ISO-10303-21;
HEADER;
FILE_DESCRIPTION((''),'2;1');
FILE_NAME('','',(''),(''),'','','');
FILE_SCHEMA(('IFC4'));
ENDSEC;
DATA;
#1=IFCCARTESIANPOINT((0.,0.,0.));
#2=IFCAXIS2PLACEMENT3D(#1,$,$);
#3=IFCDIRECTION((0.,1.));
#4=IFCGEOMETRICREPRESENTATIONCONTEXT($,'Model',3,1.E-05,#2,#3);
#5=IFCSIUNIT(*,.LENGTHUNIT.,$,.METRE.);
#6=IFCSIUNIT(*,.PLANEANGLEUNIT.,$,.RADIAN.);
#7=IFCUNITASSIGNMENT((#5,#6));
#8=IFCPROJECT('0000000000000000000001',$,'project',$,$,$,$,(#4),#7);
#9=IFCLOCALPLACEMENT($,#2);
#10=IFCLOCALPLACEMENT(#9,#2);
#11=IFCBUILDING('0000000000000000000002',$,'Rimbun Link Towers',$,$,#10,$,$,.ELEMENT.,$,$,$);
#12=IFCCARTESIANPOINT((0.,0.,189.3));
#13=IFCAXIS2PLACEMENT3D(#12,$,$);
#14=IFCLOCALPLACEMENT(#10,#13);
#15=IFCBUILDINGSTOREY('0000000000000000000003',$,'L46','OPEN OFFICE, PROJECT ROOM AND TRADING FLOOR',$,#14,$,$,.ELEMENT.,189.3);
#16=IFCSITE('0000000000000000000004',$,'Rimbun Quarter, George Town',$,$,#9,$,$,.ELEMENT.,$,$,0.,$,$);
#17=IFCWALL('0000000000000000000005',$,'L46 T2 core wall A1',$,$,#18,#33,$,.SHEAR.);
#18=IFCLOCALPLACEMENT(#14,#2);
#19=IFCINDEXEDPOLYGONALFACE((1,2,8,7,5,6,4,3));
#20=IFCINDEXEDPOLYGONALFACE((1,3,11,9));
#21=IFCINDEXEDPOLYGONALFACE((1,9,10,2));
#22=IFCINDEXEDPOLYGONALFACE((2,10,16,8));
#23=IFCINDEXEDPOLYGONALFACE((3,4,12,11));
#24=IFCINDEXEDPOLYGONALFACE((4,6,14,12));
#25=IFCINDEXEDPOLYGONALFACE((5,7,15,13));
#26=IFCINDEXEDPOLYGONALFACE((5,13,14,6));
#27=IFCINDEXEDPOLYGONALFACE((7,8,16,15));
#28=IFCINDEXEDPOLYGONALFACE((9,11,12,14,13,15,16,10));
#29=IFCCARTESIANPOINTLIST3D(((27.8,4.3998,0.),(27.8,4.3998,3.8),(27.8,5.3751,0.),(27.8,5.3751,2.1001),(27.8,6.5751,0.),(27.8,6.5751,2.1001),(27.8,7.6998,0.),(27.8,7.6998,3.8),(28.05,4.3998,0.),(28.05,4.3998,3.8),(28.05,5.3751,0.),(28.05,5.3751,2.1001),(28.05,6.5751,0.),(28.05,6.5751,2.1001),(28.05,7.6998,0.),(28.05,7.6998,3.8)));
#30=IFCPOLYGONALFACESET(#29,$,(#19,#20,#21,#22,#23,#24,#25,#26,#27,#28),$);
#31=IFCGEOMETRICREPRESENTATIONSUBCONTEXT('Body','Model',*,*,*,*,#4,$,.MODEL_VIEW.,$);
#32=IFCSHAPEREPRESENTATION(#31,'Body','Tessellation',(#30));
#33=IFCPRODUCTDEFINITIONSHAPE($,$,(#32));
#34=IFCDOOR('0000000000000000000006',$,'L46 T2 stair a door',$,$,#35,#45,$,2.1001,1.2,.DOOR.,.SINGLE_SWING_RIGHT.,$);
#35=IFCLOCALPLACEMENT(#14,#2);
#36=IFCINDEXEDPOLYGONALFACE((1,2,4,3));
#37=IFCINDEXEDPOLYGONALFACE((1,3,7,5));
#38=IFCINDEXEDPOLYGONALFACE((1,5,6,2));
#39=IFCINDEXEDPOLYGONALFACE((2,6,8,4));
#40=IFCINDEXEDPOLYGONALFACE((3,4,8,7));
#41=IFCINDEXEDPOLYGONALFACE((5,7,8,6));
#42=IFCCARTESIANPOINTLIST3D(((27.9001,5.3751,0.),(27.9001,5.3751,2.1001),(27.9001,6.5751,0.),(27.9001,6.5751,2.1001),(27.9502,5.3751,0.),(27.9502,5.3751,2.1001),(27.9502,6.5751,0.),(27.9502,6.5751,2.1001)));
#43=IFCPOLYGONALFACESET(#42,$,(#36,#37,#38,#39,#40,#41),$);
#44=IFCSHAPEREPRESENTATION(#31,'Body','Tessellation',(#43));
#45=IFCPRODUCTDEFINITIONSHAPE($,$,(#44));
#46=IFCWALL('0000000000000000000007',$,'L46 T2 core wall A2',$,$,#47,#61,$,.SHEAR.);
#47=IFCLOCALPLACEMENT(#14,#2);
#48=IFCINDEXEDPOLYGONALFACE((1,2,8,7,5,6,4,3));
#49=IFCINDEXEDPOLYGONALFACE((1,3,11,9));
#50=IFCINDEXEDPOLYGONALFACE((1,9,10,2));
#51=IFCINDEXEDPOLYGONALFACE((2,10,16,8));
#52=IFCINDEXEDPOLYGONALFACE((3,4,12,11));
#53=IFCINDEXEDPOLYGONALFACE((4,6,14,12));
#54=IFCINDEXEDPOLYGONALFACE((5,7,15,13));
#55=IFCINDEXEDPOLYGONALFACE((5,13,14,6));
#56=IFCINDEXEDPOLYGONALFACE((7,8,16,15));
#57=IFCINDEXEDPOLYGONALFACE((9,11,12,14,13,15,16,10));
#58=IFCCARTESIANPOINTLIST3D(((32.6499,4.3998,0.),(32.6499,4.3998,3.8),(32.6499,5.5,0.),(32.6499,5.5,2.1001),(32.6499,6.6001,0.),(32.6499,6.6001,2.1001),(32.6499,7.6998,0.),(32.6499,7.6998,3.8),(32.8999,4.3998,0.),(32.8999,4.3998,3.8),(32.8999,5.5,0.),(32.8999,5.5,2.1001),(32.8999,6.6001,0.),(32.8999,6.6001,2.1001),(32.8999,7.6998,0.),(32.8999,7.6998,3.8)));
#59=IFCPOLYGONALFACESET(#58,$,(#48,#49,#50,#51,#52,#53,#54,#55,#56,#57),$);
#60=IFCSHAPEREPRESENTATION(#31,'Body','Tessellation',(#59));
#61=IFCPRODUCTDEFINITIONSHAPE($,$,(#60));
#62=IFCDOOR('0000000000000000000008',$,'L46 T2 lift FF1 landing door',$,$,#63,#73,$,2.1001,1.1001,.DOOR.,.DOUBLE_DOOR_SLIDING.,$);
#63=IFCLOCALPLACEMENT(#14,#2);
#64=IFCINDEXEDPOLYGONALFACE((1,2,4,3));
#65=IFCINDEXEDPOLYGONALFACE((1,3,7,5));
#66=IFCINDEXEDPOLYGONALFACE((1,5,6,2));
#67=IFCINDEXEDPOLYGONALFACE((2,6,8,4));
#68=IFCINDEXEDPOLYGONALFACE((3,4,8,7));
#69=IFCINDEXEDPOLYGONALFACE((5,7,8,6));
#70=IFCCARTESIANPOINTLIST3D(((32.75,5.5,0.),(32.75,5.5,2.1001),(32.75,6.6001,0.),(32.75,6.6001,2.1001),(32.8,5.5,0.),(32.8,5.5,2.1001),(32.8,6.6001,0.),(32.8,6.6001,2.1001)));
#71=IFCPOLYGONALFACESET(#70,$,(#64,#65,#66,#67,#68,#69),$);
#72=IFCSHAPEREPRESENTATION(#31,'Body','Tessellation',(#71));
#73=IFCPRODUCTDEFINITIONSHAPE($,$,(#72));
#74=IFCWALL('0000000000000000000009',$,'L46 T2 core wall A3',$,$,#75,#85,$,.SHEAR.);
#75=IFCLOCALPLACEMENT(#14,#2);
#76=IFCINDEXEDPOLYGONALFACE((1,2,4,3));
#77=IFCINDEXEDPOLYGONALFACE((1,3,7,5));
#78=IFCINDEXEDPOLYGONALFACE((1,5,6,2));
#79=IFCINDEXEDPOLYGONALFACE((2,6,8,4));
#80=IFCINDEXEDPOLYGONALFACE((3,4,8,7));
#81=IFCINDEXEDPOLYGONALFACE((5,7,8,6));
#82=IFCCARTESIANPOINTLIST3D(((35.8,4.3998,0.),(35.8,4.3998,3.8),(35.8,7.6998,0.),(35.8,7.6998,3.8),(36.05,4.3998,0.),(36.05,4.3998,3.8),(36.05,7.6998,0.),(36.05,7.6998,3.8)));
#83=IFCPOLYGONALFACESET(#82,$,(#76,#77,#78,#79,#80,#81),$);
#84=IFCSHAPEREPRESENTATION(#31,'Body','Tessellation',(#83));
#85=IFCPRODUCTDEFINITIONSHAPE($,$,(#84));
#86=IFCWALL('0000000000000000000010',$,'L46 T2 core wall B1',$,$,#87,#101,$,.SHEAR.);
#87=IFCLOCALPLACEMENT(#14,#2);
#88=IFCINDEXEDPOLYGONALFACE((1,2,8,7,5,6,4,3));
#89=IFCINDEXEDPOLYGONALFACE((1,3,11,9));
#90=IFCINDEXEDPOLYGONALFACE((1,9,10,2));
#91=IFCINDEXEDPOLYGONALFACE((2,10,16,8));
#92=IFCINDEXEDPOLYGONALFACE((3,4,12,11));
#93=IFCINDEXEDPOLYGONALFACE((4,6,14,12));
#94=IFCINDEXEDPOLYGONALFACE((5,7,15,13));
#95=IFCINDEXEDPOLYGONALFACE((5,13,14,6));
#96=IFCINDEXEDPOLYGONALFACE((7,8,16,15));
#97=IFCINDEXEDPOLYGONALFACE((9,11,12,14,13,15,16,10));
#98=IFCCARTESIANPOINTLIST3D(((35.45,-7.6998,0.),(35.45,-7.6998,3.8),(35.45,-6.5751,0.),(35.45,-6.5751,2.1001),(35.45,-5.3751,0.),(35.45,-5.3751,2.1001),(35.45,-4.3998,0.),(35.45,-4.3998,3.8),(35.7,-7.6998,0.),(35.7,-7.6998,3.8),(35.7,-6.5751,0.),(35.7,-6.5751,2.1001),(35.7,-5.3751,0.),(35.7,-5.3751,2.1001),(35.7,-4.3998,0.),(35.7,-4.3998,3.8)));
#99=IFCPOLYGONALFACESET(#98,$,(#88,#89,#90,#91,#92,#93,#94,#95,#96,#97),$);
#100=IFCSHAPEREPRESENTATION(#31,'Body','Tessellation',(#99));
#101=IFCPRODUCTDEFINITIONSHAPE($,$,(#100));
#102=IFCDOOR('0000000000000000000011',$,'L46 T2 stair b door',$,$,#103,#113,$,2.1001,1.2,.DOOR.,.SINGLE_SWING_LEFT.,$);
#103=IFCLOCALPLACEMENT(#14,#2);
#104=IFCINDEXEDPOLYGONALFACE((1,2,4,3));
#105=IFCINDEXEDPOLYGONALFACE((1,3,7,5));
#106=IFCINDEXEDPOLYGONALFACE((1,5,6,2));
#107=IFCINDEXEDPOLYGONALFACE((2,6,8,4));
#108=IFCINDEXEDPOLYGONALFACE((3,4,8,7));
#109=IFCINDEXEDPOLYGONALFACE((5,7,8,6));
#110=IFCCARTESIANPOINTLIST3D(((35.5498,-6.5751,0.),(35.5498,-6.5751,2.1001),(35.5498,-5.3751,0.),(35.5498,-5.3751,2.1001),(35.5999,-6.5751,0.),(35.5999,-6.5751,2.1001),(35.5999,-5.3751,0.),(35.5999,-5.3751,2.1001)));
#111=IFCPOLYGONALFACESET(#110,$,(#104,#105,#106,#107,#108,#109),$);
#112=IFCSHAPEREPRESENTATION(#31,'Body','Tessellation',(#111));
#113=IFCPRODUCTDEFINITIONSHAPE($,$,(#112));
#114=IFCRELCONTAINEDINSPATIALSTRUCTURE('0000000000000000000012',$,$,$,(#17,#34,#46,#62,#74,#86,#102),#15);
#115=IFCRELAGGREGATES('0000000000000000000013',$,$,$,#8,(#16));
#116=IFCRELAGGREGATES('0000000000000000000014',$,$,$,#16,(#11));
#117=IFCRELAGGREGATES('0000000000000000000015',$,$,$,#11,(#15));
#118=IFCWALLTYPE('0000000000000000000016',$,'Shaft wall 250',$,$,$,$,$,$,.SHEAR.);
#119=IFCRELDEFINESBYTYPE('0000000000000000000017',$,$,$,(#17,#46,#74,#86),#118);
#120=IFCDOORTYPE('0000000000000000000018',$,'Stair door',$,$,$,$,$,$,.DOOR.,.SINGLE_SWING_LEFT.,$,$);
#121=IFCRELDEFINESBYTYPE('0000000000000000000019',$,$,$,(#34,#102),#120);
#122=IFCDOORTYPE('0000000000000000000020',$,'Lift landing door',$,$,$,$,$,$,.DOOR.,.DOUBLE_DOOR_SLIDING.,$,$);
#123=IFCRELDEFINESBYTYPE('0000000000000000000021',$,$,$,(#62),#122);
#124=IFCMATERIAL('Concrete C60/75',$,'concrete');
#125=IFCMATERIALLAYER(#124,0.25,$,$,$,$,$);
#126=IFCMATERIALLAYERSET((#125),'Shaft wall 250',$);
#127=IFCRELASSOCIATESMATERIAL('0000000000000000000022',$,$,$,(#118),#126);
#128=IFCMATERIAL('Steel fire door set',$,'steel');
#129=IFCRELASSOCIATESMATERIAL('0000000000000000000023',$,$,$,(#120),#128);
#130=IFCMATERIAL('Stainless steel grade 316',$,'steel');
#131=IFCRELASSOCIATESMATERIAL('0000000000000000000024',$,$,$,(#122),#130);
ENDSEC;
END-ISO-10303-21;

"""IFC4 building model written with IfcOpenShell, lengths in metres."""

from ifc_helpers import new_model, si_unit, direction, frame, frame_2d, origin, place, context, subcontext, project, spatial, rectangle, extrude, material, layer, layer_set, type_object, element, fill, save


model = new_model("IFC4")

# Units and contexts
model_context = context("Model", 3, precision=1e-05, world=origin(), true_north=direction((0.0, 1.0)))
body_context = subcontext(model_context, "Body", "Model", "MODEL_VIEW")
ifc_project = project(units=[si_unit("LENGTHUNIT", "METRE"), si_unit("PLANEANGLEUNIT", "RADIAN")], contexts=[model_context])

# Site, building, storey
site_placement = place(None, origin())
site = spatial("IfcSite", under=ifc_project, at=site_placement, Name="Rimbun Quarter, George Town", CompositionType="ELEMENT", RefElevation=0.0)
building_placement = place(site_placement, origin())
building = spatial("IfcBuilding", under=site, at=building_placement, Name="Rimbun Link Towers", CompositionType="ELEMENT")
storey_placement = place(building_placement, frame((0.0, 0.0, 189.3)))
storey = spatial("IfcBuildingStorey", under=building, at=storey_placement, Name="L46", Description="OPEN OFFICE, PROJECT ROOM AND TRADING FLOOR", CompositionType="ELEMENT", Elevation=189.3)

# Shared definitions
ifc_material_1 = material(Name="Concrete C60/75", Category="concrete")
ifc_layer = layer(ifc_material_1, 0.25)
ifc_layer_set = layer_set([ifc_layer], Name="Shaft wall 250")
wall_type = type_object("IfcWallType", Name="Shaft wall 250", PredefinedType="SHEAR", material=ifc_layer_set)

# Walls, openings, doors
wall_1_placement = place(storey_placement, frame((27.925, 4.3999, 0.0), z_axis=(0.0, 0.0, 1.0), x_axis=(0.0, 1.0, 0.0)))
wall_1 = element("IfcWall", 1, at=wall_1_placement, inside=storey, type_object=wall_type, Name="L46 T2 core wall A1", PredefinedType="SHEAR", context=body_context, shape_type="SweptSolid", body=[
    extrude(rectangle(XDim=3.3, YDim=0.25, at=frame_2d((1.6499, 0.0))), origin(), (0.0, 0.0, 1.0), 3.8),
])
opening_1_placement = place(wall_1_placement, frame((0.9751, 0.0, 0.0)))
opening_1 = element("IfcOpeningElement", 2, at=opening_1_placement, cuts=wall_1, PredefinedType="OPENING", context=body_context, shape_type="SweptSolid", body=[
    extrude(rectangle(XDim=1.2, YDim=2.1001, at=frame_2d((0.6001, 1.05))), frame((0.0, 0.135, 0.0), z_axis=(0.0, -1.0, 0.0), x_axis=(1.0, 0.0, 0.0)), (0.0, 0.0, 1.0), 0.27),
])
ifc_material_2 = material(Name="Steel fire door set", Category="steel")
door_type_1 = type_object("IfcDoorType", Name="Stair door", OperationType="SINGLE_SWING_LEFT", PredefinedType="DOOR", material=ifc_material_2)
door_1_placement = place(opening_1_placement, origin())
door_1 = element("IfcDoor", 3, at=door_1_placement, inside=storey, type_object=door_type_1, Name="L46 T2 stair a door", OperationType="SINGLE_SWING_RIGHT", OverallHeight=2.1001, OverallWidth=1.2, PredefinedType="DOOR", context=body_context, shape_type="SweptSolid", body=[
    extrude(rectangle(XDim=1.2, YDim=2.1001, at=frame_2d((0.6001, 1.05))), frame((0.0, 0.0249, 0.0), z_axis=(0.0, -1.0, 0.0), x_axis=(1.0, 0.0, 0.0)), (0.0, 0.0, 1.0), 0.05),
])
fill(opening_1, door_1)
wall_2_placement = place(storey_placement, frame((32.7749, 4.3999, 0.0), z_axis=(0.0, 0.0, 1.0), x_axis=(0.0, 1.0, 0.0)))
wall_2 = element("IfcWall", 4, at=wall_2_placement, inside=storey, type_object=wall_type, Name="L46 T2 core wall A2", PredefinedType="SHEAR", context=body_context, shape_type="SweptSolid", body=[
    extrude(rectangle(XDim=3.3, YDim=0.25, at=frame_2d((1.6499, 0.0))), origin(), (0.0, 0.0, 1.0), 3.8),
])
opening_2_placement = place(wall_2_placement, frame((1.1001, 0.0, 0.0)))
opening_2 = element("IfcOpeningElement", 5, at=opening_2_placement, cuts=wall_2, PredefinedType="OPENING", context=body_context, shape_type="SweptSolid", body=[
    extrude(rectangle(XDim=1.1001, YDim=2.1001, at=frame_2d((0.55, 1.05))), frame((0.0, 0.135, 0.0), z_axis=(0.0, -1.0, 0.0), x_axis=(1.0, 0.0, 0.0)), (0.0, 0.0, 1.0), 0.27),
])
ifc_material_3 = material(Name="Stainless steel grade 316", Category="steel")
door_type_2 = type_object("IfcDoorType", Name="Lift landing door", OperationType="DOUBLE_DOOR_SLIDING", PredefinedType="DOOR", material=ifc_material_3)
door_2_placement = place(opening_2_placement, origin())
door_2 = element("IfcDoor", 6, at=door_2_placement, inside=storey, type_object=door_type_2, Name="L46 T2 lift FF1 landing door", OperationType="DOUBLE_DOOR_SLIDING", OverallHeight=2.1001, OverallWidth=1.1001, PredefinedType="DOOR", context=body_context, shape_type="SweptSolid", body=[
    extrude(rectangle(XDim=1.1001, YDim=2.1001, at=frame_2d((0.55, 1.05))), frame((0.0, 0.0249, 0.0), z_axis=(0.0, -1.0, 0.0), x_axis=(1.0, 0.0, 0.0)), (0.0, 0.0, 1.0), 0.05),
])
fill(opening_2, door_2)

# Wall
wall_3_placement = place(storey_placement, frame((35.925, 4.3999, 0.0), z_axis=(0.0, 0.0, 1.0), x_axis=(0.0, 1.0, 0.0)))
element("IfcWall", 7, at=wall_3_placement, inside=storey, type_object=wall_type, Name="L46 T2 core wall A3", PredefinedType="SHEAR", context=body_context, shape_type="SweptSolid", body=[
    extrude(rectangle(XDim=3.3, YDim=0.25, at=frame_2d((1.6499, 0.0))), origin(), (0.0, 0.0, 1.0), 3.8),
])

# Wall, opening, door
wall_4_placement = place(storey_placement, frame((35.575, -4.3999, 0.0), z_axis=(0.0, 0.0, 1.0), x_axis=(0.0, -1.0, 0.0)))
wall_4 = element("IfcWall", 8, at=wall_4_placement, inside=storey, type_object=wall_type, Name="L46 T2 core wall B1", PredefinedType="SHEAR", context=body_context, shape_type="SweptSolid", body=[
    extrude(rectangle(XDim=3.3, YDim=0.25, at=frame_2d((1.6499, 0.0))), origin(), (0.0, 0.0, 1.0), 3.8),
])
opening_3_placement = place(wall_4_placement, frame((0.9751, 0.0, 0.0)))
opening_3 = element("IfcOpeningElement", 9, at=opening_3_placement, cuts=wall_4, PredefinedType="OPENING", context=body_context, shape_type="SweptSolid", body=[
    extrude(rectangle(XDim=1.2, YDim=2.1001, at=frame_2d((0.6001, 1.05))), frame((0.0, 0.135, 0.0), z_axis=(0.0, -1.0, 0.0), x_axis=(1.0, 0.0, 0.0)), (0.0, 0.0, 1.0), 0.27),
])
door_3_placement = place(opening_3_placement, origin())
door_3 = element("IfcDoor", 10, at=door_3_placement, inside=storey, type_object=door_type_1, Name="L46 T2 stair b door", OperationType="SINGLE_SWING_LEFT", OverallHeight=2.1001, OverallWidth=1.2, PredefinedType="DOOR", context=body_context, shape_type="SweptSolid", body=[
    extrude(rectangle(XDim=1.2, YDim=2.1001, at=frame_2d((0.6001, 1.05))), frame((0.0, 0.0249, 0.0), z_axis=(0.0, -1.0, 0.0), x_axis=(1.0, 0.0, 0.0)), (0.0, 0.0, 1.0), 0.05),
])
fill(opening_3, door_3)

save(model, "model.ifc")
